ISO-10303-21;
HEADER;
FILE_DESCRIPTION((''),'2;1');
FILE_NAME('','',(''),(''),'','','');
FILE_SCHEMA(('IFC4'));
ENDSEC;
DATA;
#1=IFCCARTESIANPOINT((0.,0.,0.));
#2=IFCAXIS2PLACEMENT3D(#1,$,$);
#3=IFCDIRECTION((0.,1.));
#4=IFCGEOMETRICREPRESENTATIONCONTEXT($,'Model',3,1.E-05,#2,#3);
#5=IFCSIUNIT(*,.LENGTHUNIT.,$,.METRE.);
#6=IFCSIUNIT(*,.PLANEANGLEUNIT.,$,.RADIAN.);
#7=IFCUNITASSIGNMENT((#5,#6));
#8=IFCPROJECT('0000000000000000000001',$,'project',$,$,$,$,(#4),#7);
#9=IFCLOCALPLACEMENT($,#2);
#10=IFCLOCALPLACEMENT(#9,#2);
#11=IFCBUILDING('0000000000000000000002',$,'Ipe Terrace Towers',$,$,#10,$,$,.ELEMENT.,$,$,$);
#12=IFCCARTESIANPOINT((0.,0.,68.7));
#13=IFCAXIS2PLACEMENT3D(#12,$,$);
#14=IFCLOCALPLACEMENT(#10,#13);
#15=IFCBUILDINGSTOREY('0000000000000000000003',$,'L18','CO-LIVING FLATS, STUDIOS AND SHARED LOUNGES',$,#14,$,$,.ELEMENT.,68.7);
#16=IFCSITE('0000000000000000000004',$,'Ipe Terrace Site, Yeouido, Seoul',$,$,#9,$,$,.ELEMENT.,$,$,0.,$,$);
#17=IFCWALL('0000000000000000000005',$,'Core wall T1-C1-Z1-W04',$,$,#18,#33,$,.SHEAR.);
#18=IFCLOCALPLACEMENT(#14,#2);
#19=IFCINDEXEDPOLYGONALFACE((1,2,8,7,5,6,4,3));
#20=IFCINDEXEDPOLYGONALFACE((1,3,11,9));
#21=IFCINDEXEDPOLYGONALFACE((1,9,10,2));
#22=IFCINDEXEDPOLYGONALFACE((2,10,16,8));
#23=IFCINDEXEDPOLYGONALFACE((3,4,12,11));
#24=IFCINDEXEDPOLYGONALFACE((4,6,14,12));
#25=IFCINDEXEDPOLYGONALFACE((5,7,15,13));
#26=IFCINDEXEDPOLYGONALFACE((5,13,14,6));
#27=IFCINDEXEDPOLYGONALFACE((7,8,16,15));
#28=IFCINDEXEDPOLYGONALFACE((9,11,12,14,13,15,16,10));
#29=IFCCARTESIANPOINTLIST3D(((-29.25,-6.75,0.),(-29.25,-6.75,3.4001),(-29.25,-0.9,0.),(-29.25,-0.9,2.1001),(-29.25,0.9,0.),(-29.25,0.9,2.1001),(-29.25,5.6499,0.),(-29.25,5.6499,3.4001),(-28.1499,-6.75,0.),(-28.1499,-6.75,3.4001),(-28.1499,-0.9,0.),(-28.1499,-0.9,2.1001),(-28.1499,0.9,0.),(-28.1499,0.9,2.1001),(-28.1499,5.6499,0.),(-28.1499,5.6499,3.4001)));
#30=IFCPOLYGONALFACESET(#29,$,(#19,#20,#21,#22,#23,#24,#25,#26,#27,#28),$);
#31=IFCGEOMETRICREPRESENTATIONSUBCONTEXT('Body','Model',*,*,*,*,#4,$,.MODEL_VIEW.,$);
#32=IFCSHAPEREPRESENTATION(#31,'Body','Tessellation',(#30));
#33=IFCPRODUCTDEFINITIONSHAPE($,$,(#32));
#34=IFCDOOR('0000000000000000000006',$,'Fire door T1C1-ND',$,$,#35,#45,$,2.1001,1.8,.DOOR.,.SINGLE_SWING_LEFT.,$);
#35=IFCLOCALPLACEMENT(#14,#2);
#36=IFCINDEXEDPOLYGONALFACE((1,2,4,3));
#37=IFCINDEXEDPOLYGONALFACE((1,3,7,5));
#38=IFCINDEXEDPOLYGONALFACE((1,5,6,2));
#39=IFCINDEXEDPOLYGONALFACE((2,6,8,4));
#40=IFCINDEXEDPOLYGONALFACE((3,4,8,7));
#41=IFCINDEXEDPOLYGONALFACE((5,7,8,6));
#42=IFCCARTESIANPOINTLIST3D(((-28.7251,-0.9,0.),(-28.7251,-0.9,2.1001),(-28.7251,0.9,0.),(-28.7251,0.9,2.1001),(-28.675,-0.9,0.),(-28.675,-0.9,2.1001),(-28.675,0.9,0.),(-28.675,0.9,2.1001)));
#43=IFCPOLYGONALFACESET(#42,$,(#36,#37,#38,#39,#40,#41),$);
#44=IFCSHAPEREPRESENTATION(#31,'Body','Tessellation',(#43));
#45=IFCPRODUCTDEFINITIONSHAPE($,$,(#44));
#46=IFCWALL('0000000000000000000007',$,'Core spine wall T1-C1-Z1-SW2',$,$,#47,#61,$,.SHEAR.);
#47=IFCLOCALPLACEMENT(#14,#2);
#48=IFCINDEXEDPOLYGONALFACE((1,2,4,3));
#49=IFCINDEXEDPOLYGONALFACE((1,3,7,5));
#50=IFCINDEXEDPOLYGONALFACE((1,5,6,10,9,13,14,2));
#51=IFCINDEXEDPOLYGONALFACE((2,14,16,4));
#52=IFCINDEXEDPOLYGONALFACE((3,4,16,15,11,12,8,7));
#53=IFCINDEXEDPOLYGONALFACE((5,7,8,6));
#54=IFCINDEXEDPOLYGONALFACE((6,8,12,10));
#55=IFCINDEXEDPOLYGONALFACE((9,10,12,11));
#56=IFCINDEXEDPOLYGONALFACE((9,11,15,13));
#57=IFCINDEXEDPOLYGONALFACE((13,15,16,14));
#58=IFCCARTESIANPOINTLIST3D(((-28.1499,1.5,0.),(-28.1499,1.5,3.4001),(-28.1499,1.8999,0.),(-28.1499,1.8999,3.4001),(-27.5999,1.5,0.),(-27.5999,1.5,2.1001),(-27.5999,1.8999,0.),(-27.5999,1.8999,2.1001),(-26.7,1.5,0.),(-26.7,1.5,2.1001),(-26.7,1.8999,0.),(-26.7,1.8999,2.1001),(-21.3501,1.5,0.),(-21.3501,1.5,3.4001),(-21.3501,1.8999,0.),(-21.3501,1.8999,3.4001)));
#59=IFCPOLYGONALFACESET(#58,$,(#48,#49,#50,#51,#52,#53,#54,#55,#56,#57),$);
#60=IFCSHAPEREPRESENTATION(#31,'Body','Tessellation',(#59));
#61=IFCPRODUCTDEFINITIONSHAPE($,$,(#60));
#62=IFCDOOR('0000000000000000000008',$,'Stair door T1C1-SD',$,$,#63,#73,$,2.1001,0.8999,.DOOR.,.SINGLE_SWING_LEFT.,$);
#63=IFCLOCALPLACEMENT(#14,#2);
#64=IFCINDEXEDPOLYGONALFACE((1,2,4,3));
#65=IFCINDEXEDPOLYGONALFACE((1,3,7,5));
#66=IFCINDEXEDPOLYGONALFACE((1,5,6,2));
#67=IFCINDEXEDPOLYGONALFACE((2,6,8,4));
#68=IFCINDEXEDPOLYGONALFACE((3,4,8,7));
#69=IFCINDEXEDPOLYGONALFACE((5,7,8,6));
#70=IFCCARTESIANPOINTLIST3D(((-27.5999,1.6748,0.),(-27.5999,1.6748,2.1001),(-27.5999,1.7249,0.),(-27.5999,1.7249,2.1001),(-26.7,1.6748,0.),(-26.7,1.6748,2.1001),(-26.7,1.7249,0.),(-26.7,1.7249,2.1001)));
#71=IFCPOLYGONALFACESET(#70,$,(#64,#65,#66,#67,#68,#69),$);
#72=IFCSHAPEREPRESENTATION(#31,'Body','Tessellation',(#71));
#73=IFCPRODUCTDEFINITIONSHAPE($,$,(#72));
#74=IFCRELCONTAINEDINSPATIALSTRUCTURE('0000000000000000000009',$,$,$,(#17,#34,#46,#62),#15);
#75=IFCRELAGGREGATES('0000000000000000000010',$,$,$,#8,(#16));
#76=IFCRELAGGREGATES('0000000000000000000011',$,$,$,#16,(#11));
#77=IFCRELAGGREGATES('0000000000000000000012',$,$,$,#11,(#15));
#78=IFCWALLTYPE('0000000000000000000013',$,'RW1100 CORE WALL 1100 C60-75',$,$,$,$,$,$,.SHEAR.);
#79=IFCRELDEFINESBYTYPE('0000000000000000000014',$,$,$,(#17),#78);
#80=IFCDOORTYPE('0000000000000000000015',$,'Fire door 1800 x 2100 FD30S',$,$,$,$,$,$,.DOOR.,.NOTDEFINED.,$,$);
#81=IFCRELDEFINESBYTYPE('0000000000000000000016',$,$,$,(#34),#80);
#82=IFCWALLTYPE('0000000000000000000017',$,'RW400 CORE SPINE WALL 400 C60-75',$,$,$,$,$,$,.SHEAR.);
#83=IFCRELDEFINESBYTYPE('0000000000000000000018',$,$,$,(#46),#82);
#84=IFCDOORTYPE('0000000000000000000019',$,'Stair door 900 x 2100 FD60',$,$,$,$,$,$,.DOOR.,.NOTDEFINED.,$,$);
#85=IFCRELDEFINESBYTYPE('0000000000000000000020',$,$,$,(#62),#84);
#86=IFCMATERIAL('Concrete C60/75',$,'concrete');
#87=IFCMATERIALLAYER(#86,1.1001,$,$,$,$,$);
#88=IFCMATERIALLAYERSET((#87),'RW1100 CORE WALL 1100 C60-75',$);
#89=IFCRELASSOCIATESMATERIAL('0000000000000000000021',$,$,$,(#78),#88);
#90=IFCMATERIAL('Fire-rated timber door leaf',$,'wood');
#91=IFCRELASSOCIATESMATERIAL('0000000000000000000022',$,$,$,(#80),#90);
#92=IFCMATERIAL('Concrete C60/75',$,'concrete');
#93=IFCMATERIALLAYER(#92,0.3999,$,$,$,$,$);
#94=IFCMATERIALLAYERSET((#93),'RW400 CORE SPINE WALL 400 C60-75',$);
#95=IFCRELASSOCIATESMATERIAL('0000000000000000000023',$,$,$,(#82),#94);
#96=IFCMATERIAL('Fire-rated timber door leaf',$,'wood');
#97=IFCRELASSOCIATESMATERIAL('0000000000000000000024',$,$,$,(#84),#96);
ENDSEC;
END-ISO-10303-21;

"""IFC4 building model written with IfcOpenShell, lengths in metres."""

from ifc_helpers import new_model, si_unit, direction, frame, frame_2d, origin, place, context, subcontext, project, spatial, rectangle, extrude, material, layer, layer_set, type_object, element, fill, save


model = new_model("IFC4")

# Units and contexts
model_context = context("Model", 3, precision=1e-05, world=origin(), true_north=direction((0.0, 1.0)))
body_context = subcontext(model_context, "Body", "Model", "MODEL_VIEW")
ifc_project = project(units=[si_unit("LENGTHUNIT", "METRE"), si_unit("PLANEANGLEUNIT", "RADIAN")], contexts=[model_context])

# Site, building, storey
site_placement = place(None, origin())
site = spatial("IfcSite", under=ifc_project, at=site_placement, Name="Ipe Terrace Site, Yeouido, Seoul", CompositionType="ELEMENT", RefElevation=0.0)
building_placement = place(site_placement, origin())
building = spatial("IfcBuilding", under=site, at=building_placement, Name="Ipe Terrace Towers", CompositionType="ELEMENT")
storey_placement = place(building_placement, frame((0.0, 0.0, 68.7)))
storey = spatial("IfcBuildingStorey", under=building, at=storey_placement, Name="L18", Description="CO-LIVING FLATS, STUDIOS AND SHARED LOUNGES", CompositionType="ELEMENT", Elevation=68.7)

# Shared definitions
ifc_material_1 = material(Name="Concrete C60/75", Category="concrete")
ifc_layer_1 = layer(ifc_material_1, 1.1001)
ifc_layer_set_1 = layer_set([ifc_layer_1], Name="RW1100 CORE WALL 1100 C60-75")
wall_type_1 = type_object("IfcWallType", Name="RW1100 CORE WALL 1100 C60-75", PredefinedType="SHEAR", material=ifc_layer_set_1)

# Walls, openings, doors
wall_1_placement = place(storey_placement, frame((-28.7, 5.6499, 0.0), z_axis=(0.0, 0.0, 1.0), x_axis=(0.0, -1.0, 0.0)))
wall_1 = element("IfcWall", 1, at=wall_1_placement, inside=storey, type_object=wall_type_1, Name="Core wall T1-C1-Z1-W04", PredefinedType="SHEAR", context=body_context, shape_type="SweptSolid", body=[
    extrude(rectangle(XDim=12.3999, YDim=1.1001, at=frame_2d((6.2, 0.0))), origin(), (0.0, 0.0, 1.0), 3.4001),
])
opening_1_placement = place(wall_1_placement, frame((4.75, 0.0, 0.0)))
opening_1 = element("IfcOpeningElement", 2, at=opening_1_placement, cuts=wall_1, PredefinedType="OPENING", context=body_context, shape_type="SweptSolid", body=[
    extrude(rectangle(XDim=1.8, YDim=2.1001, at=frame_2d((0.8999, 1.05))), frame((0.0, 0.5601, 0.0), z_axis=(0.0, -1.0, 0.0), x_axis=(1.0, 0.0, 0.0)), (0.0, 0.0, 1.0), 1.1201),
])
ifc_material_2 = material(Name="Fire-rated timber door leaf", Category="wood")
door_type_1 = type_object("IfcDoorType", Name="Fire door 1800 x 2100 FD30S", OperationType="NOTDEFINED", PredefinedType="DOOR", material=ifc_material_2)
door_1_placement = place(opening_1_placement, origin())
door_1 = element("IfcDoor", 3, at=door_1_placement, inside=storey, type_object=door_type_1, Name="Fire door T1C1-ND", OperationType="SINGLE_SWING_LEFT", OverallHeight=2.1001, OverallWidth=1.8, PredefinedType="DOOR", context=body_context, shape_type="SweptSolid", body=[
    extrude(rectangle(XDim=1.8, YDim=2.1001, at=frame_2d((0.8999, 1.05))), frame((0.0, 0.0249, 0.0), z_axis=(0.0, -1.0, 0.0), x_axis=(1.0, 0.0, 0.0)), (0.0, 0.0, 1.0), 0.05),
])
fill(opening_1, door_1)
ifc_material_3 = material(Name="Concrete C60/75", Category="concrete")
ifc_layer_2 = layer(ifc_material_3, 0.3999)
ifc_layer_set_2 = layer_set([ifc_layer_2], Name="RW400 CORE SPINE WALL 400 C60-75")
wall_type_2 = type_object("IfcWallType", Name="RW400 CORE SPINE WALL 400 C60-75", PredefinedType="SHEAR", material=ifc_layer_set_2)
wall_2_placement = place(storey_placement, frame((-28.1499, 1.7, 0.0), z_axis=(0.0, 0.0, 1.0), x_axis=(1.0, 0.0, 0.0)))
wall_2 = element("IfcWall", 4, at=wall_2_placement, inside=storey, type_object=wall_type_2, Name="Core spine wall T1-C1-Z1-SW2", PredefinedType="SHEAR", context=body_context, shape_type="SweptSolid", body=[
    extrude(rectangle(XDim=6.7998, YDim=0.3999, at=frame_2d((3.3999, 0.0))), origin(), (0.0, 0.0, 1.0), 3.4001),
])
opening_2_placement = place(wall_2_placement, frame((0.55, 0.0, 0.0)))
opening_2 = element("IfcOpeningElement", 5, at=opening_2_placement, cuts=wall_2, PredefinedType="OPENING", context=body_context, shape_type="SweptSolid", body=[
    extrude(rectangle(XDim=0.8999, YDim=2.1001, at=frame_2d((0.45, 1.05))), frame((0.0, 0.21, 0.0), z_axis=(0.0, -1.0, 0.0), x_axis=(1.0, 0.0, 0.0)), (0.0, 0.0, 1.0), 0.4199),
])
ifc_material_4 = material(Name="Fire-rated timber door leaf", Category="wood")
door_type_2 = type_object("IfcDoorType", Name="Stair door 900 x 2100 FD60", OperationType="NOTDEFINED", PredefinedType="DOOR", material=ifc_material_4)
door_2_placement = place(opening_2_placement, origin())
door_2 = element("IfcDoor", 6, at=door_2_placement, inside=storey, type_object=door_type_2, Name="Stair door T1C1-SD", OperationType="SINGLE_SWING_LEFT", OverallHeight=2.1001, OverallWidth=0.8999, PredefinedType="DOOR", context=body_context, shape_type="SweptSolid", body=[
    extrude(rectangle(XDim=0.8999, YDim=2.1001, at=frame_2d((0.45, 1.05))), frame((0.0, 0.0249, 0.0), z_axis=(0.0, -1.0, 0.0), x_axis=(1.0, 0.0, 0.0)), (0.0, 0.0, 1.0), 0.05),
])
fill(opening_2, door_2)

save(model, "model.ifc")
